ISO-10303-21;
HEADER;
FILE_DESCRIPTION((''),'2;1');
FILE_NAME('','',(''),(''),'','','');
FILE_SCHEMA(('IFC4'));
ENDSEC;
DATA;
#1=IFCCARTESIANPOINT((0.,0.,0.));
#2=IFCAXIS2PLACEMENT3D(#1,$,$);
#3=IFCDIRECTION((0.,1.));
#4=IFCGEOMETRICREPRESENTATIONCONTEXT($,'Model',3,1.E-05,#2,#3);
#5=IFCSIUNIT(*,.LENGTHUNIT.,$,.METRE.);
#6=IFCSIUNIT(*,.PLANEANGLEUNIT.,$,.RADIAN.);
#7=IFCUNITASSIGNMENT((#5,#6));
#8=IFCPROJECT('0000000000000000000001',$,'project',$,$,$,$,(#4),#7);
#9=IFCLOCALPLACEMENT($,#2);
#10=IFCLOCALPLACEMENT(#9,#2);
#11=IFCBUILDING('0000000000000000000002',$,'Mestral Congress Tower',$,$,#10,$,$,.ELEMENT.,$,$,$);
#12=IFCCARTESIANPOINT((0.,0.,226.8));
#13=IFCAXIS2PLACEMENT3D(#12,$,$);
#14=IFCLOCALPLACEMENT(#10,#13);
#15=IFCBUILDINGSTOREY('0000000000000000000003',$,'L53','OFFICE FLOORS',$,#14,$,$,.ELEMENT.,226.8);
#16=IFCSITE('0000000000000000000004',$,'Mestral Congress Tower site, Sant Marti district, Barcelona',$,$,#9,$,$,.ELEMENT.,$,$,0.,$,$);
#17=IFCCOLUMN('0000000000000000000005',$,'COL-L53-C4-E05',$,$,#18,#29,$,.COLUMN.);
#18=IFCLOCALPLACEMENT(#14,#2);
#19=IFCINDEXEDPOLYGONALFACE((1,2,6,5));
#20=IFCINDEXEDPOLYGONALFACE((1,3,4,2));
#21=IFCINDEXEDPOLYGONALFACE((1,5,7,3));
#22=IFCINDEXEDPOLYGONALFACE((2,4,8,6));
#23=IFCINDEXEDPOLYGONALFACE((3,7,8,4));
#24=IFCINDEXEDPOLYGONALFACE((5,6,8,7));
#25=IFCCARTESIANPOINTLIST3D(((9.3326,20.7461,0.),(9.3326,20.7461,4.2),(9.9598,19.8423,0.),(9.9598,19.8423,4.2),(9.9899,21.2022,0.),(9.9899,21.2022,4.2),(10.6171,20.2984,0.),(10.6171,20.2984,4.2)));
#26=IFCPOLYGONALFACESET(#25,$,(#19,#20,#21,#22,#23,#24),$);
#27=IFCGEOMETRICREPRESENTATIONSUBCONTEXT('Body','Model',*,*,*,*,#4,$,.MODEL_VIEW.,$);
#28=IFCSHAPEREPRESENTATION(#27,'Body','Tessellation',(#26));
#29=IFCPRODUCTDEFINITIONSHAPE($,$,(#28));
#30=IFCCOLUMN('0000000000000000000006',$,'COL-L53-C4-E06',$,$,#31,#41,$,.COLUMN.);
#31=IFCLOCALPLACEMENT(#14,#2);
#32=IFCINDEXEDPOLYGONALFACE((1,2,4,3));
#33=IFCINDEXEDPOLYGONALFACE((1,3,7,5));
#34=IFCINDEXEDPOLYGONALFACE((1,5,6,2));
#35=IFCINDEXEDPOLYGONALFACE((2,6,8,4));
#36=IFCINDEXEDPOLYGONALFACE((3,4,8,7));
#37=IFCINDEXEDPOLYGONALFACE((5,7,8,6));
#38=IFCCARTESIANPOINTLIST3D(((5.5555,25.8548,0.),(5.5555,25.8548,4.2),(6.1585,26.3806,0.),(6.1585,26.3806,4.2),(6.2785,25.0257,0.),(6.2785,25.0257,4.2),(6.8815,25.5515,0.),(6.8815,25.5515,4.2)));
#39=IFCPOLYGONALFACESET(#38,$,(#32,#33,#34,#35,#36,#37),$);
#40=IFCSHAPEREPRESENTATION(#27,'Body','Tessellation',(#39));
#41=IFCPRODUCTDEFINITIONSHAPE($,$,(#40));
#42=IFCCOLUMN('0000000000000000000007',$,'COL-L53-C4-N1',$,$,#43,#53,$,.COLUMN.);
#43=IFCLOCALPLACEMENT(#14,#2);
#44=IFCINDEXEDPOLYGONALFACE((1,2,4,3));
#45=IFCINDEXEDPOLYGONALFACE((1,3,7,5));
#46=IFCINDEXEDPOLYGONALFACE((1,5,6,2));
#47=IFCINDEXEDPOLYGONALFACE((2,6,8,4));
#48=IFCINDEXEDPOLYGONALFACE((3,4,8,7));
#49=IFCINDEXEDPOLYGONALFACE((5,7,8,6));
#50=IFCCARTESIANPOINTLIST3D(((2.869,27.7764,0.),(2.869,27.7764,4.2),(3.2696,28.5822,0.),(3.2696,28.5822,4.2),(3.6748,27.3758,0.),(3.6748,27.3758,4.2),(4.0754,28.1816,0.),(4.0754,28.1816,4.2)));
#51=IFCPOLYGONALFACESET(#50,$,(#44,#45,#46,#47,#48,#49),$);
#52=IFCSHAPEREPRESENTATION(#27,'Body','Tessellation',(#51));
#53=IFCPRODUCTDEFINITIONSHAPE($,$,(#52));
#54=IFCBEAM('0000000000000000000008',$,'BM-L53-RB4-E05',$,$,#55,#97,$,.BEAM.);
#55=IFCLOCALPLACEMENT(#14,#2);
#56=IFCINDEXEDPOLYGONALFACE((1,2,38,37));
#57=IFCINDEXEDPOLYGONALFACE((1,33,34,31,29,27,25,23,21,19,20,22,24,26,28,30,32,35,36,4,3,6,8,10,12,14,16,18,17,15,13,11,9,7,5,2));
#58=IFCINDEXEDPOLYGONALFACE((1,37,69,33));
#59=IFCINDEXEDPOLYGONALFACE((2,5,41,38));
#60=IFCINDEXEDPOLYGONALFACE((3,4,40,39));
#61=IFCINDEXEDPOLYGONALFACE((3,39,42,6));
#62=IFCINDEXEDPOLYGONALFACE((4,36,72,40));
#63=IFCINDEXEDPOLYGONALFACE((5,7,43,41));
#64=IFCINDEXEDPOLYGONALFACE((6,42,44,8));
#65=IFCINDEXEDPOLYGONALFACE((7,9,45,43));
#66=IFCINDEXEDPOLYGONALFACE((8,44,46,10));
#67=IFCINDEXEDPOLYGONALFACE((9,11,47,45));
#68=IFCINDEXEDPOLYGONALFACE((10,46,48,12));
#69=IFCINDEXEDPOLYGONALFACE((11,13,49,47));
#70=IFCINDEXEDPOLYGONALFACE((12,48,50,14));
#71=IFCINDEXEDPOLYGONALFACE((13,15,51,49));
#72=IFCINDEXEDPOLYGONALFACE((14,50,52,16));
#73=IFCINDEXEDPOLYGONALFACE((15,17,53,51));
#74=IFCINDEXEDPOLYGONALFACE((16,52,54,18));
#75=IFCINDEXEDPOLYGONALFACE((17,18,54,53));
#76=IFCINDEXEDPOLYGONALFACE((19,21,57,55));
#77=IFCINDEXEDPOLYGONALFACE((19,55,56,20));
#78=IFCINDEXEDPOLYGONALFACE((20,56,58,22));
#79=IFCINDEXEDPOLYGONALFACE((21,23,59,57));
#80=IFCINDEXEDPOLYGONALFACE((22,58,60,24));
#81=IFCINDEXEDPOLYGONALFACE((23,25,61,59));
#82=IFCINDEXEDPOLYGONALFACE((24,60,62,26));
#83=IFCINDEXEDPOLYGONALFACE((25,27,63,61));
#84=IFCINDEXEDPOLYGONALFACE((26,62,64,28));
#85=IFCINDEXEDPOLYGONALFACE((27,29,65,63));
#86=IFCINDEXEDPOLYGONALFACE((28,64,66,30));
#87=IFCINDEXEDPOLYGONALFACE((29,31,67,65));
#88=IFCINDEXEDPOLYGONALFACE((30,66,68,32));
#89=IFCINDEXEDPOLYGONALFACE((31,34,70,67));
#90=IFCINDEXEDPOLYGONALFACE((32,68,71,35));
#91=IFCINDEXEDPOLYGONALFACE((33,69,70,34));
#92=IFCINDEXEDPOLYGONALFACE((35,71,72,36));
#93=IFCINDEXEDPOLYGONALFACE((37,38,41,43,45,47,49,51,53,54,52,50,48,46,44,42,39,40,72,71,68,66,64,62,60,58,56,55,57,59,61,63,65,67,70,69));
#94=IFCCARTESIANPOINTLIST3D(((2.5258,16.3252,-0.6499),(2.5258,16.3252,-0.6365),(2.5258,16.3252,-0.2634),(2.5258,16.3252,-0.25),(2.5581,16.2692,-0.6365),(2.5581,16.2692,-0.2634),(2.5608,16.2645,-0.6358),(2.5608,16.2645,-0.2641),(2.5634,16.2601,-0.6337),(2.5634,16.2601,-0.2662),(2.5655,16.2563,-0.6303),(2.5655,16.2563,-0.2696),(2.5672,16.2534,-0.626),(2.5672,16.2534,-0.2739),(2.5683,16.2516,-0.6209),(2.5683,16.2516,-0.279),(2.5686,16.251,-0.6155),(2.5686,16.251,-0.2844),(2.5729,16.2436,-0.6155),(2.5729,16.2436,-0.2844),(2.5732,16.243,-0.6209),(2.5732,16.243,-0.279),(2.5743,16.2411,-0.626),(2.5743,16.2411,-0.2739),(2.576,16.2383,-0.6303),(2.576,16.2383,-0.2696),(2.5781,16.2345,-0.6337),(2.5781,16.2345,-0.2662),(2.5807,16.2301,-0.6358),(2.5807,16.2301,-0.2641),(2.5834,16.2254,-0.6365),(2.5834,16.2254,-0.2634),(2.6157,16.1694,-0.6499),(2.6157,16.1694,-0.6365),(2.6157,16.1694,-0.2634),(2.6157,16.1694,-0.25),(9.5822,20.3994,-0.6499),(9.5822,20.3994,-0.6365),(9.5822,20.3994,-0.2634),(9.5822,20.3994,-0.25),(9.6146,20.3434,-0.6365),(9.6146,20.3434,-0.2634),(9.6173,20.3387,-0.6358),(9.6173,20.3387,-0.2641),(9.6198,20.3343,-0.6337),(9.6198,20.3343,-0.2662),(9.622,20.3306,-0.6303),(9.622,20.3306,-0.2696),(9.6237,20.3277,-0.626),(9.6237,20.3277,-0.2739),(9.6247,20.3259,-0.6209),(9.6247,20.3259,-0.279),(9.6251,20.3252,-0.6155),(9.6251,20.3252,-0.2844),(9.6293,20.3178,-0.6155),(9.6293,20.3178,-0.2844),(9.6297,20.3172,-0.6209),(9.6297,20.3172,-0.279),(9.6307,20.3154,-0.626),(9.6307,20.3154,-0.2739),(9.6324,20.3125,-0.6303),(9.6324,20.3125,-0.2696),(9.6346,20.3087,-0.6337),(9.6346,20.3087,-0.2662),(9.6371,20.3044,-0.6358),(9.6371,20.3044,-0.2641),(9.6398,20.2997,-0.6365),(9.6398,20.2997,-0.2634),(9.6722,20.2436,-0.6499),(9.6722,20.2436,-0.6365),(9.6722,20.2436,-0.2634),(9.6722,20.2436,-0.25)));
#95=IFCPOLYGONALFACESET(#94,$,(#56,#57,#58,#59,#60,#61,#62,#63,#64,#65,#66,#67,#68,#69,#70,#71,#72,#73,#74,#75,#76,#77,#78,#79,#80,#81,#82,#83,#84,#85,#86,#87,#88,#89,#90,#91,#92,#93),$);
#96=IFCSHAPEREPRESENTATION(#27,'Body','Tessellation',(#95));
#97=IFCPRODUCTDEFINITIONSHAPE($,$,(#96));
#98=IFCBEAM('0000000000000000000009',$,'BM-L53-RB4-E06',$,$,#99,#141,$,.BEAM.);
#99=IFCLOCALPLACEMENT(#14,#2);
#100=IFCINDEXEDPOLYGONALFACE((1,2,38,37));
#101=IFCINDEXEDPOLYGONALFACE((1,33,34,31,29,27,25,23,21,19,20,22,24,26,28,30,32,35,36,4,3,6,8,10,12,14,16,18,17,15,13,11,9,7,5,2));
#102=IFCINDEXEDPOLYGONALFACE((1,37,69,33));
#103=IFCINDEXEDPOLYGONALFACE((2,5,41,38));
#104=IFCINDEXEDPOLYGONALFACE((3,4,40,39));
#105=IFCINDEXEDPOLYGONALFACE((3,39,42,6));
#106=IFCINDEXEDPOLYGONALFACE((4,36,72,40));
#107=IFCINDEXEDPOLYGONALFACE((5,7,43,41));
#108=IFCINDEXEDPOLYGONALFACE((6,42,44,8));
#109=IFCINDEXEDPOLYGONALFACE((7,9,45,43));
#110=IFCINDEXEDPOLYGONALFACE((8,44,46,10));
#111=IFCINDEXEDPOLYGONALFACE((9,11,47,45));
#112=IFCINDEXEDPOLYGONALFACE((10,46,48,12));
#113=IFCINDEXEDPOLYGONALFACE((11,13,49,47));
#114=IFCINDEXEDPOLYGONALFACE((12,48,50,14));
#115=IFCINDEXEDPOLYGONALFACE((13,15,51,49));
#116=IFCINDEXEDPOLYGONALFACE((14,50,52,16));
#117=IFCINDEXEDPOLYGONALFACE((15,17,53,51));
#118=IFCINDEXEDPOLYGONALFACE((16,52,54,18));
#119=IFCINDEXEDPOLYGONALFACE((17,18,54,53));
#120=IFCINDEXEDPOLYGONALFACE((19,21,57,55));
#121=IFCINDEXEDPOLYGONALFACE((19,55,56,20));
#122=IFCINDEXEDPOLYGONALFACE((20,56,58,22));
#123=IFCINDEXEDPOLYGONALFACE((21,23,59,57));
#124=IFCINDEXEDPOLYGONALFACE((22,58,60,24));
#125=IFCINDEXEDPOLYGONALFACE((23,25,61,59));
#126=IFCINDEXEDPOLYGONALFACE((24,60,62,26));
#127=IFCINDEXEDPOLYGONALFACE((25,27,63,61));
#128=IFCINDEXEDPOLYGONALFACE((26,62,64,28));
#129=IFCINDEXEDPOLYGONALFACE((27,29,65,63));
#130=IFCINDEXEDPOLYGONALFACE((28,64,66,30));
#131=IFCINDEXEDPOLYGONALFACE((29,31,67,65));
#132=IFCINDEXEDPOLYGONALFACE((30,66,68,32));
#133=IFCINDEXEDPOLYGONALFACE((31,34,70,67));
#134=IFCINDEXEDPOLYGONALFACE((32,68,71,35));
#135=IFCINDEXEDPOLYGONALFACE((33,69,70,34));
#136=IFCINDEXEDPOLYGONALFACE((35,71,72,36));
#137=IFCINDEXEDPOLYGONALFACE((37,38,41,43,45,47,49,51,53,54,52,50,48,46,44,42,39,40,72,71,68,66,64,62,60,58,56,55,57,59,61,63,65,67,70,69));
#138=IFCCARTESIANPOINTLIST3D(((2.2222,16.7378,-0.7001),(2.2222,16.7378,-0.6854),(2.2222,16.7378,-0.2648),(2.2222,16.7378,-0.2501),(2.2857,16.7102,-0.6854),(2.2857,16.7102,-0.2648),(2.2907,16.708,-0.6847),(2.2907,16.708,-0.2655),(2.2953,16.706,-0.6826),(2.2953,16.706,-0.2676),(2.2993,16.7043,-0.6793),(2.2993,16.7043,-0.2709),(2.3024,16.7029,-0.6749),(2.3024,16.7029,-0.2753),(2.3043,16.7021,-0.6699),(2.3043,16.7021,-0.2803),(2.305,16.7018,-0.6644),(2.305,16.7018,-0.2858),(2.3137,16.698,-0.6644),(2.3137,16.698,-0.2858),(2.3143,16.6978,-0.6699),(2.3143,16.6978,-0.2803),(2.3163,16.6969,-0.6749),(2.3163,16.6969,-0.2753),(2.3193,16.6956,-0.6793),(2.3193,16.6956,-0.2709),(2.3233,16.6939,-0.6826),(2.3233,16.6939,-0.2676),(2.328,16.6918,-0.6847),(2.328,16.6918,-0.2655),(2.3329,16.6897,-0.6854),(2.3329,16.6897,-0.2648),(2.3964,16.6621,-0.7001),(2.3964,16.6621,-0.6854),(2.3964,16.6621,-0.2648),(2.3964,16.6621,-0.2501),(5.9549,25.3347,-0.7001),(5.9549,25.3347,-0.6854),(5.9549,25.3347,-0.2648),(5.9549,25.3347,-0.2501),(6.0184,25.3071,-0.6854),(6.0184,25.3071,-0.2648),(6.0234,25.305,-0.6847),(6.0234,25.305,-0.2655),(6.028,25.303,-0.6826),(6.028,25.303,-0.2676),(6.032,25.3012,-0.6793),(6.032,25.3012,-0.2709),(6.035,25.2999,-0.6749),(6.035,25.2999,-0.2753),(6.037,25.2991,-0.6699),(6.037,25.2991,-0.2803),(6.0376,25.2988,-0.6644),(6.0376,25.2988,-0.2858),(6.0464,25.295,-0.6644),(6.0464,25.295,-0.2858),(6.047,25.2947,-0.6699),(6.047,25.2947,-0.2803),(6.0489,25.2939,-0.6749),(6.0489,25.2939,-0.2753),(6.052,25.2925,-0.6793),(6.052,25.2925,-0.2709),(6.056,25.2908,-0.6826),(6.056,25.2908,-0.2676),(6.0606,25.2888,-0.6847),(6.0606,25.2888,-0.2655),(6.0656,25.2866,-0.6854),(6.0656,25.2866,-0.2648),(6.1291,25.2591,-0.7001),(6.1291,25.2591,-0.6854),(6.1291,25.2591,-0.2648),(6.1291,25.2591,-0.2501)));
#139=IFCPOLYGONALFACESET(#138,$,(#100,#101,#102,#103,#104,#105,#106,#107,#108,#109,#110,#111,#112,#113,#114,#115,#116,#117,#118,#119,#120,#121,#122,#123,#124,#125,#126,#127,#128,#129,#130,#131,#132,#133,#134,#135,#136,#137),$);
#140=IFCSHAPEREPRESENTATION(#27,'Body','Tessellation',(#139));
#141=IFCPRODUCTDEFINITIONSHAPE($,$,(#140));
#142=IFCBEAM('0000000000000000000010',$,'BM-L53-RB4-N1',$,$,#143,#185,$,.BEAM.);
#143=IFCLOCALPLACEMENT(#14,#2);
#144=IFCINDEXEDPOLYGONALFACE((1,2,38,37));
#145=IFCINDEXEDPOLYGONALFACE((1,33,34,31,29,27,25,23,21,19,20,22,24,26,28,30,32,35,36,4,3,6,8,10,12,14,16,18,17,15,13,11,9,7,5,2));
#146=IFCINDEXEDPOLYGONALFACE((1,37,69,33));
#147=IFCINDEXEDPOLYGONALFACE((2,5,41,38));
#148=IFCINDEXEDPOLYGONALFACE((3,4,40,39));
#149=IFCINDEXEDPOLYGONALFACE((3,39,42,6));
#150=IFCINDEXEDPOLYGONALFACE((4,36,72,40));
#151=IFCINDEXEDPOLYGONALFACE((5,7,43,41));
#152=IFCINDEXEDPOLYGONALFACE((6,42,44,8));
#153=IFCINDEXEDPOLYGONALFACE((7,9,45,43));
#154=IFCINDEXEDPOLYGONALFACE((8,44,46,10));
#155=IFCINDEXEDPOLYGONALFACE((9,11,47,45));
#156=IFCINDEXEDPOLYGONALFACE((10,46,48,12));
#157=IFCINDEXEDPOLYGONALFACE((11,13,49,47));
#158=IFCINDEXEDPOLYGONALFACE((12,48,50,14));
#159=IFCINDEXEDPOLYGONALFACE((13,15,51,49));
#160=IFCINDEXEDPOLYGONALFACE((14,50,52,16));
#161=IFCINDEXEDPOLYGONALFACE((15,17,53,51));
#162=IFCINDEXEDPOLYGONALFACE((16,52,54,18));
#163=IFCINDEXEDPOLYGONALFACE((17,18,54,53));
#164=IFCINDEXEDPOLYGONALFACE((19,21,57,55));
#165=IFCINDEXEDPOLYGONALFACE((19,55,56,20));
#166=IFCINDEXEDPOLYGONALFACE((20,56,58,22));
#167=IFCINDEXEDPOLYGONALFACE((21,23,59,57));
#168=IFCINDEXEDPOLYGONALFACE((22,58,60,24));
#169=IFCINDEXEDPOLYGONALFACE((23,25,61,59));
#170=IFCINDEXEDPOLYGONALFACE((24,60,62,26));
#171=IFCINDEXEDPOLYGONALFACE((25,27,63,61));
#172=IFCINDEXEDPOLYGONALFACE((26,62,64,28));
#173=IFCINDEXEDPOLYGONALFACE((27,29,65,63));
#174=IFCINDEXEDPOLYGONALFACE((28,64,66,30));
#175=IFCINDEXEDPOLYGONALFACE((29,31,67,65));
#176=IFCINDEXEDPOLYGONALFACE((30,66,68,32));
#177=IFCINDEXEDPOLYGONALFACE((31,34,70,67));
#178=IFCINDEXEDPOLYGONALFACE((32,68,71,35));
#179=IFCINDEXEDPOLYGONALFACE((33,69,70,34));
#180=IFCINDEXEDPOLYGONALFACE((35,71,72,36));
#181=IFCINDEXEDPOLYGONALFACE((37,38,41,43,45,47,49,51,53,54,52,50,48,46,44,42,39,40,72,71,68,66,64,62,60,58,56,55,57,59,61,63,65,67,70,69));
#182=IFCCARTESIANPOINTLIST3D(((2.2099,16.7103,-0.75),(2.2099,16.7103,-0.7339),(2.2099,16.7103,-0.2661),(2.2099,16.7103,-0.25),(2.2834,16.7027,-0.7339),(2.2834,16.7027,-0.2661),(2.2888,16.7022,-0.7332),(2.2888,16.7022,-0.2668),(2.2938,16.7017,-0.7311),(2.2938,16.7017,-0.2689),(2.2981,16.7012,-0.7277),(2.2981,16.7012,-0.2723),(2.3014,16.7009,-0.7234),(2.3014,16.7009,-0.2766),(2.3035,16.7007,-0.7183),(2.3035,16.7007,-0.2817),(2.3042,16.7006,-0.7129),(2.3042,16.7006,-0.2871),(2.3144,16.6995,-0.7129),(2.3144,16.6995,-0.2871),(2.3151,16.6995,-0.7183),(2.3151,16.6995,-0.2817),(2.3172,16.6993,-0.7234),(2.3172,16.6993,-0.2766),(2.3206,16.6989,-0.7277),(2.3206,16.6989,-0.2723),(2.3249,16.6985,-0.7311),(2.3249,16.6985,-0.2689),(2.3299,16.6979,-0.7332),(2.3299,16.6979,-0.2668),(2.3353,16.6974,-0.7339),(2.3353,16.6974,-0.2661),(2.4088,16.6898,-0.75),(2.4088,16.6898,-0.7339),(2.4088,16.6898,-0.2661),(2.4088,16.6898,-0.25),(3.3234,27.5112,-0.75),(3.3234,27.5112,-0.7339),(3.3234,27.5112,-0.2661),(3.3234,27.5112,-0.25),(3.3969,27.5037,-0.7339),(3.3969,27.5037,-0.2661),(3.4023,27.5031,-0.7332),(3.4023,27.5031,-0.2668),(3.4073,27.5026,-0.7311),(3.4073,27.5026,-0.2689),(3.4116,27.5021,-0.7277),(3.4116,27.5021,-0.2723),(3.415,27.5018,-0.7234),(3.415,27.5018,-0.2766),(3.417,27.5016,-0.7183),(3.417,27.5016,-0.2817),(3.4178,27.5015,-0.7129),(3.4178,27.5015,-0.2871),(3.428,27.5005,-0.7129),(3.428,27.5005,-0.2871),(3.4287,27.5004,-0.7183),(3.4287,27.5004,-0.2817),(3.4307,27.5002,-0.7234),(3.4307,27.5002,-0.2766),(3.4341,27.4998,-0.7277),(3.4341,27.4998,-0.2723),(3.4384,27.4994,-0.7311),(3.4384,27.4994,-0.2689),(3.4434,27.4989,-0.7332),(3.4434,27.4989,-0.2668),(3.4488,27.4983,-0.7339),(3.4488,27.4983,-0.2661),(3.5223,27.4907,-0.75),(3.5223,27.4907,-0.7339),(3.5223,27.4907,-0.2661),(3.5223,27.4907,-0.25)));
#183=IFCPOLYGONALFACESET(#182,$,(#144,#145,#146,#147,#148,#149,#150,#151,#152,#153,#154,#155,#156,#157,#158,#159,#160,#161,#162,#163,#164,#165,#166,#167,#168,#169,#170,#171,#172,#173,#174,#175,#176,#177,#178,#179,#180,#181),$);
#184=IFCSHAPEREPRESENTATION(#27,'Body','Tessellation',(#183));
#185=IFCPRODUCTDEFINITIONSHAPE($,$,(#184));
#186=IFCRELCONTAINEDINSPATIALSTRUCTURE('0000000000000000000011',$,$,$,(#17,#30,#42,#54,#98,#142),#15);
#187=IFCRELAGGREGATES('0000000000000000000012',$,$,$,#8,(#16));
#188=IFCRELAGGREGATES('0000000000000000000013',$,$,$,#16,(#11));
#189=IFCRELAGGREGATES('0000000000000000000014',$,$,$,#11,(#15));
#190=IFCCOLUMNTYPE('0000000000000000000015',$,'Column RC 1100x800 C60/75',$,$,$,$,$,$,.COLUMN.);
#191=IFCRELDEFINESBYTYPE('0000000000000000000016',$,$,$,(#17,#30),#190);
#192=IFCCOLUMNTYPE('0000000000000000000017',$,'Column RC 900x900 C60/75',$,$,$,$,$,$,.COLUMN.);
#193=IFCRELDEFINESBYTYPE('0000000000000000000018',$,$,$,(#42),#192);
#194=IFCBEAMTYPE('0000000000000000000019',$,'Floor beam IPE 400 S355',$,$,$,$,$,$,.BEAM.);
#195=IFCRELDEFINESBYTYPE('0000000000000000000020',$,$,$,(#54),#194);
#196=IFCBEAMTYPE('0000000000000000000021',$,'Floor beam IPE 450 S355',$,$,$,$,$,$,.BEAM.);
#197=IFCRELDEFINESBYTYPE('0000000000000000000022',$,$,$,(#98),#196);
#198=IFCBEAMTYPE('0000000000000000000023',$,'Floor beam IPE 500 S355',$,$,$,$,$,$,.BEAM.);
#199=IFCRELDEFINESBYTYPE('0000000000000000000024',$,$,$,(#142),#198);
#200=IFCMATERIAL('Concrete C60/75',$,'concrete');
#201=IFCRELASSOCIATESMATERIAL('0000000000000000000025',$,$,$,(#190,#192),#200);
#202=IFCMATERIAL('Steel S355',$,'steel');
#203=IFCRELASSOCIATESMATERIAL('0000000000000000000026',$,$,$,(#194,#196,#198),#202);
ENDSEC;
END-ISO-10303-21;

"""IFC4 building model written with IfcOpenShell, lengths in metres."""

from ifc_helpers import new_model, si_unit, direction, frame, origin, origin_2d, place, context, subcontext, project, spatial, rectangle, i_section, extrude, material, material_profile, profile_set, type_object, element, save


model = new_model("IFC4")

# Units and contexts
model_context = context("Model", 3, precision=1e-05, world=origin(), true_north=direction((0.0, 1.0)))
body_context = subcontext(model_context, "Body", "Model", "MODEL_VIEW")
ifc_project = project(units=[si_unit("LENGTHUNIT", "METRE"), si_unit("PLANEANGLEUNIT", "RADIAN")], contexts=[model_context])

# Site, building, storey
site_placement = place(None, origin())
site = spatial("IfcSite", under=ifc_project, at=site_placement, Name="Mestral Congress Tower site, Sant Marti district, Barcelona", CompositionType="ELEMENT", RefElevation=0.0)
building_placement = place(site_placement, origin())
building = spatial("IfcBuilding", under=site, at=building_placement, Name="Mestral Congress Tower", CompositionType="ELEMENT")
storey_placement = place(building_placement, frame((0.0, 0.0, 226.8)))
storey = spatial("IfcBuildingStorey", under=building, at=storey_placement, Name="L53", Description="OFFICE FLOORS", CompositionType="ELEMENT", Elevation=226.8)

# Columns
ifc_material_1 = material(Name="Concrete C60/75", Category="concrete")
ifc_material_profile_1 = material_profile(ifc_material_1, rectangle(XDim=1.1001, YDim=0.8, at=origin_2d()), Name="RC 1100x800")
ifc_profile_set_1 = profile_set([ifc_material_profile_1], Name="Concrete C60/75")
column_type_1 = type_object("IfcColumnType", Name="Column RC 1100x800 C60/75", PredefinedType="COLUMN", material=ifc_profile_set_1)
for number, where, z_axis, x_axis, name in (
    (1, (9.9749, 20.5222, 0.0), (0.0, 0.0, 1.0), (-0.570084, 0.821586, 0.0), "COL-L53-C4-E05"),
    (2, (6.2185, 25.7031, 0.0), (0.0, 0.0, 1.0), (-0.65725, 0.753672, 0.0), "COL-L53-C4-E06"),
):
    element("IfcColumn", number, at=place(storey_placement, frame(where, z_axis=z_axis, x_axis=x_axis)), inside=storey, type_object=column_type_1, Name=name, PredefinedType="COLUMN", context=body_context, shape_type="SweptSolid", body=[
        extrude(rectangle(XDim=1.1001, YDim=0.8, at=origin_2d()), origin(), (0.0, 0.0, 1.0), 4.2),
    ])
ifc_material_profile_2 = material_profile(ifc_material_1, rectangle(XDim=0.8999, YDim=0.8999, at=origin_2d()), Name="RC 900x900")
ifc_profile_set_2 = profile_set([ifc_material_profile_2], Name="Concrete C60/75")
column_type_2 = type_object("IfcColumnType", Name="Column RC 900x900 C60/75", PredefinedType="COLUMN", material=ifc_profile_set_2)
column_placement = place(storey_placement, frame((3.4722, 27.979, 0.0), z_axis=(0.0, 0.0, 1.0), x_axis=(-0.895456, 0.445149, 0.0)))
element("IfcColumn", 3, at=column_placement, inside=storey, type_object=column_type_2, Name="COL-L53-C4-N1", PredefinedType="COLUMN", context=body_context, shape_type="SweptSolid", body=[
    extrude(rectangle(XDim=0.8999, YDim=0.8999, at=origin_2d()), origin(), (0.0, 0.0, 1.0), 4.2),
])

# Beams
ifc_material_2 = material(Name="Steel S355", Category="steel")
ifc_material_profile_3 = material_profile(ifc_material_2, i_section(OverallWidth=0.1799, OverallDepth=0.3999, WebThickness=0.0085, FlangeThickness=0.0134, FilletRadius=0.021, at=origin_2d()), Name="IPE 400")
ifc_profile_set_3 = profile_set([ifc_material_profile_3], Name="Steel S355")
beam_type_1 = type_object("IfcBeamType", Name="Floor beam IPE 400 S355", PredefinedType="BEAM", material=ifc_profile_set_3)
beam_1_placement = place(storey_placement, frame((9.6272, 20.3215, -0.45), z_axis=(-0.866014, -0.500019, 0.0), x_axis=(0.500019, -0.866014, 0.0)))
element("IfcBeam", 4, at=beam_1_placement, inside=storey, type_object=beam_type_1, Name="BM-L53-RB4-E05", PredefinedType="BEAM", context=body_context, shape_type="SweptSolid", body=[
    extrude(i_section(OverallWidth=0.1799, OverallDepth=0.3999, WebThickness=0.0085, FlangeThickness=0.0134, FilletRadius=0.021, at=origin_2d()), origin(), (0.0, 0.0, 1.0), 8.1482),
])
ifc_material_profile_4 = material_profile(ifc_material_2, i_section(OverallWidth=0.1899, OverallDepth=0.45, WebThickness=0.0095, FlangeThickness=0.0146, FilletRadius=0.021, at=origin_2d()), Name="IPE 450")
ifc_profile_set_4 = profile_set([ifc_material_profile_4], Name="Steel S355")
beam_type_2 = type_object("IfcBeamType", Name="Floor beam IPE 450 S355", PredefinedType="BEAM", material=ifc_profile_set_4)
beam_2_placement = place(storey_placement, frame((6.042, 25.2969, -0.4751), z_axis=(-0.398266, -0.91727, 0.0), x_axis=(0.91727, -0.398266, 0.0)))
element("IfcBeam", 5, at=beam_2_placement, inside=storey, type_object=beam_type_2, Name="BM-L53-RB4-E06", PredefinedType="BEAM", context=body_context, shape_type="SweptSolid", body=[
    extrude(i_section(OverallWidth=0.1899, OverallDepth=0.45, WebThickness=0.0095, FlangeThickness=0.0146, FilletRadius=0.021, at=origin_2d()), origin(), (0.0, 0.0, 1.0), 9.3723),
])
ifc_material_profile_5 = material_profile(ifc_material_2, i_section(OverallWidth=0.2, OverallDepth=0.5, WebThickness=0.0103, FlangeThickness=0.0161, FilletRadius=0.021, at=origin_2d()), Name="IPE 500")
ifc_profile_set_5 = profile_set([ifc_material_profile_5], Name="Steel S355")
beam_type_3 = type_object("IfcBeamType", Name="Floor beam IPE 500 S355", PredefinedType="BEAM", material=ifc_profile_set_5)
beam_3_placement = place(storey_placement, frame((3.4229, 27.501, -0.5), z_axis=(-0.102551, -0.994728, 0.0), x_axis=(0.994728, -0.102551, 0.0)))
element("IfcBeam", 6, at=beam_3_placement, inside=storey, type_object=beam_type_3, Name="BM-L53-RB4-N1", PredefinedType="BEAM", context=body_context, shape_type="SweptSolid", body=[
    extrude(i_section(OverallWidth=0.2, OverallDepth=0.5, WebThickness=0.0103, FlangeThickness=0.0161, FilletRadius=0.021, at=origin_2d()), origin(), (0.0, 0.0, 1.0), 10.8582),
])

save(model, "model.ifc")
